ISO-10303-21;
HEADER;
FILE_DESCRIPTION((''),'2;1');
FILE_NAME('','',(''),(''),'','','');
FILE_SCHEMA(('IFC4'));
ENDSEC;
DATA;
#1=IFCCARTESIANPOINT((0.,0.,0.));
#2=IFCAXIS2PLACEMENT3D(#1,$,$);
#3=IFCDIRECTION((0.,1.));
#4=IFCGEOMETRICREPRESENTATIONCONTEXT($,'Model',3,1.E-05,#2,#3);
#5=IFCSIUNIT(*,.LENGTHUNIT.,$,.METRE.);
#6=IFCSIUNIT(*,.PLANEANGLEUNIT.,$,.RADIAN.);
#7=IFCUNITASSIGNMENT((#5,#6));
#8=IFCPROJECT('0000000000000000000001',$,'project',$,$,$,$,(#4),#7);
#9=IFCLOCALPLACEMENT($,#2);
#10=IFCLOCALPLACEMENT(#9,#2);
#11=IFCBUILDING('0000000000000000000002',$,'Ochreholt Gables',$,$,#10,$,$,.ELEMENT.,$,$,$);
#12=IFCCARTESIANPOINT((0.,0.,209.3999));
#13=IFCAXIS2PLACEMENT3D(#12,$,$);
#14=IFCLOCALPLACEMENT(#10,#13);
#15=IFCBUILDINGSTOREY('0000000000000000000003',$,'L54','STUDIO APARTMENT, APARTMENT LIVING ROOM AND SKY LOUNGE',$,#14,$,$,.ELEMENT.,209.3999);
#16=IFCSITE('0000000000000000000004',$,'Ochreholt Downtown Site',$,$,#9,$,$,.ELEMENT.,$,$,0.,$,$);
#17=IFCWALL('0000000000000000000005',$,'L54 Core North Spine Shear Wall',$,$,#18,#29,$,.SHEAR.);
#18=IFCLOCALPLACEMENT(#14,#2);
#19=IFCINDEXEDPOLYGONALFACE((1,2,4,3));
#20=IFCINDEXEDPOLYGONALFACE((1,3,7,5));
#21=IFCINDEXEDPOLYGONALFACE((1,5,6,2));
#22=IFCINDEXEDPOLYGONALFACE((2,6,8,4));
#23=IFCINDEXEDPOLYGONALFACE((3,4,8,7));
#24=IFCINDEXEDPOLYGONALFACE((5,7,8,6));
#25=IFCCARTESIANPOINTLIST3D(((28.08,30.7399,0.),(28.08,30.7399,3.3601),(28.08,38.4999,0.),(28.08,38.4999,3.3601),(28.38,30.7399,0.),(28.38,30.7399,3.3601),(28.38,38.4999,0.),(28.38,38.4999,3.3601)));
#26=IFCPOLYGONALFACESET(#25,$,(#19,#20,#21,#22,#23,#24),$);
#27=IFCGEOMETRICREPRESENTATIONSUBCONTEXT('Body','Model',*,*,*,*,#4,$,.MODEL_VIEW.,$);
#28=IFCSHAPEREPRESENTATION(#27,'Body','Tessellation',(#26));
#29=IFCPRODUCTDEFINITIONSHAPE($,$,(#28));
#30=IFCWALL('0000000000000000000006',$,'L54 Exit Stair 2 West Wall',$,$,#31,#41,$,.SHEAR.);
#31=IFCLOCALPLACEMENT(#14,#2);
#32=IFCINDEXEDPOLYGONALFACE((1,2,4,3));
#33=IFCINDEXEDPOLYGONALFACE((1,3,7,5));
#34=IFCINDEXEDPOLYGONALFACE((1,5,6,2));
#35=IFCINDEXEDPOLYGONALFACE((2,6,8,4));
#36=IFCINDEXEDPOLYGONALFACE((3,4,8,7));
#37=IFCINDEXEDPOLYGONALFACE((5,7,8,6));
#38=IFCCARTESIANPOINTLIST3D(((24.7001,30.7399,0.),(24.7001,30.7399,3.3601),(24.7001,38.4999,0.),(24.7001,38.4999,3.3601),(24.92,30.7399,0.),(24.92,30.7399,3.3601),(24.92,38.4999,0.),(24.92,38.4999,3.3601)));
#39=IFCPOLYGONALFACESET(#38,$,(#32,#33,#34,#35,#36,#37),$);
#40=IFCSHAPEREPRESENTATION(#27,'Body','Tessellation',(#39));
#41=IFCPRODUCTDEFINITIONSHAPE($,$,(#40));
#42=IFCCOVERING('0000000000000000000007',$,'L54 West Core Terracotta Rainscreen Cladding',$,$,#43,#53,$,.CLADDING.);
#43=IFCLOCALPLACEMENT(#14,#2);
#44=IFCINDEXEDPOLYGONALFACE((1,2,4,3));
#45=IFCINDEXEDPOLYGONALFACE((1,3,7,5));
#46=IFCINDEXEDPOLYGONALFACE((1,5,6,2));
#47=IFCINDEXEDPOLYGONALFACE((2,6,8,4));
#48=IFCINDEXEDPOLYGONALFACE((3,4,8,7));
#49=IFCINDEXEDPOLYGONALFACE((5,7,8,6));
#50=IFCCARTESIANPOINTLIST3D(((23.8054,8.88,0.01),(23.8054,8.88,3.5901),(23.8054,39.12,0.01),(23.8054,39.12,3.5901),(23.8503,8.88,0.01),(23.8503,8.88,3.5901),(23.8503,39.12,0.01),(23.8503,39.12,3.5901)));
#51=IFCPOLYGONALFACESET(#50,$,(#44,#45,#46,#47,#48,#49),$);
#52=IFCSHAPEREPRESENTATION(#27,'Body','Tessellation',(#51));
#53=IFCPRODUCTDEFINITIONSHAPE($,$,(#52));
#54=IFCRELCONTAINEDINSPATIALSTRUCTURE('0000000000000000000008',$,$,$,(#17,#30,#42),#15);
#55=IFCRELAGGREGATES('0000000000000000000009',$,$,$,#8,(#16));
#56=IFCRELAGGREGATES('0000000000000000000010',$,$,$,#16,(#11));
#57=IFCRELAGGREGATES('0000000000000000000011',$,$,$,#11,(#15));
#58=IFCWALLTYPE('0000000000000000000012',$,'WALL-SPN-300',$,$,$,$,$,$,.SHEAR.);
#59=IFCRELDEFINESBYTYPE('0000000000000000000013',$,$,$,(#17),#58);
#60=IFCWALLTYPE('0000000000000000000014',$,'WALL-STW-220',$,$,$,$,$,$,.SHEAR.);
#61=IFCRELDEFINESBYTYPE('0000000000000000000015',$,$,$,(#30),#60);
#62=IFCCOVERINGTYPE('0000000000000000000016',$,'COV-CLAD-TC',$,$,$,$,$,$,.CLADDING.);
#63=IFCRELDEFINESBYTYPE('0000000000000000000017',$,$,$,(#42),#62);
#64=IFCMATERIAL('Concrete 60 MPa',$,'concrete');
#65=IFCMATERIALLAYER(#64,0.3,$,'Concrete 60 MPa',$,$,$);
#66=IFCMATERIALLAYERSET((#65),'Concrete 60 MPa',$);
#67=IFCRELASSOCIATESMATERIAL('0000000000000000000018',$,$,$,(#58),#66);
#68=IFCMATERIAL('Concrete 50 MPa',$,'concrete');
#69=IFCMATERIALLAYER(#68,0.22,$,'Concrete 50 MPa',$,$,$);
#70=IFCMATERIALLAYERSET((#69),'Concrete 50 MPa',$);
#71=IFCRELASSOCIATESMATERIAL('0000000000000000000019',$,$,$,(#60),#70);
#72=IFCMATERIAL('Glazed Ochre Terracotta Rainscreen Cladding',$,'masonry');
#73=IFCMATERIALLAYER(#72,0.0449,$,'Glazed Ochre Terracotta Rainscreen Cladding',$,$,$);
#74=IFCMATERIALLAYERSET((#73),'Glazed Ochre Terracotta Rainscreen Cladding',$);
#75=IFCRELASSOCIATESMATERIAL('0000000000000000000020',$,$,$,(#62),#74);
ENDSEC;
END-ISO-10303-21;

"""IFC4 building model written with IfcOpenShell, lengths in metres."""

from ifc_helpers import new_model, si_unit, direction, frame, frame_2d, origin, origin_2d, place, context, subcontext, project, spatial, rectangle, extrude, material, layer, layer_set, type_object, element, save


model = new_model("IFC4")

# Units and contexts
model_context = context("Model", 3, precision=1e-05, world=origin(), true_north=direction((0.0, 1.0)))
body_context = subcontext(model_context, "Body", "Model", "MODEL_VIEW")
ifc_project = project(units=[si_unit("LENGTHUNIT", "METRE"), si_unit("PLANEANGLEUNIT", "RADIAN")], contexts=[model_context])

# Site, building, storey
site_placement = place(None, origin())
site = spatial("IfcSite", under=ifc_project, at=site_placement, Name="Ochreholt Downtown Site", CompositionType="ELEMENT", RefElevation=0.0)
building_placement = place(site_placement, origin())
building = spatial("IfcBuilding", under=site, at=building_placement, Name="Ochreholt Gables", CompositionType="ELEMENT")
storey_placement = place(building_placement, frame((0.0, 0.0, 209.3999)))
storey = spatial("IfcBuildingStorey", under=building, at=storey_placement, Name="L54", Description="STUDIO APARTMENT, APARTMENT LIVING ROOM AND SKY LOUNGE", CompositionType="ELEMENT", Elevation=209.3999)

# Shared definitions
ifc_material_1 = material(Name="Concrete 50 MPa", Category="concrete")

# Walls
ifc_material_2 = material(Name="Concrete 60 MPa", Category="concrete")
ifc_layer_1 = layer(ifc_material_2, 0.3, Name="Concrete 60 MPa")
ifc_layer_set_1 = layer_set([ifc_layer_1], Name="Concrete 60 MPa")
wall_type_1 = type_object("IfcWallType", Name="WALL-SPN-300", PredefinedType="SHEAR", material=ifc_layer_set_1)
wall_1_placement = place(storey_placement, frame((28.23, 30.74, 0.0), z_axis=(0.0, 0.0, 1.0), x_axis=(0.0, 1.0, 0.0)))
element("IfcWall", 1, at=wall_1_placement, inside=storey, type_object=wall_type_1, Name="L54 Core North Spine Shear Wall", PredefinedType="SHEAR", context=body_context, shape_type="SweptSolid", body=[
    extrude(rectangle(XDim=7.76, YDim=0.3, at=frame_2d((3.8799, 0.0))), origin(), (0.0, 0.0, 1.0), 3.3601),
])
ifc_layer_2 = layer(ifc_material_1, 0.22, Name="Concrete 50 MPa")
ifc_layer_set_2 = layer_set([ifc_layer_2], Name="Concrete 50 MPa")
wall_type_2 = type_object("IfcWallType", Name="WALL-STW-220", PredefinedType="SHEAR", material=ifc_layer_set_2)
wall_2_placement = place(storey_placement, frame((24.8101, 30.74, 0.0), z_axis=(0.0, 0.0, 1.0), x_axis=(0.0, 1.0, 0.0)))
element("IfcWall", 2, at=wall_2_placement, inside=storey, type_object=wall_type_2, Name="L54 Exit Stair 2 West Wall", PredefinedType="SHEAR", context=body_context, shape_type="SweptSolid", body=[
    extrude(rectangle(XDim=7.76, YDim=0.22, at=frame_2d((3.8799, 0.0))), origin(), (0.0, 0.0, 1.0), 3.3601),
])

# Covering
ifc_material_3 = material(Name="Glazed Ochre Terracotta Rainscreen Cladding", Category="masonry")
ifc_layer_3 = layer(ifc_material_3, 0.0449, Name="Glazed Ochre Terracotta Rainscreen Cladding")
ifc_layer_set_3 = layer_set([ifc_layer_3], Name="Glazed Ochre Terracotta Rainscreen Cladding")
covering_type = type_object("IfcCoveringType", Name="COV-CLAD-TC", PredefinedType="CLADDING", material=ifc_layer_set_3)
covering_placement = place(storey_placement, frame((23.8279, 24.0, 0.01), z_axis=(0.0, 0.0, 1.0), x_axis=(0.0, 1.0, 0.0)))
element("IfcCovering", 3, at=covering_placement, inside=storey, type_object=covering_type, Name="L54 West Core Terracotta Rainscreen Cladding", PredefinedType="CLADDING", context=body_context, shape_type="SweptSolid", body=[
    extrude(rectangle(XDim=30.24, YDim=0.0449, at=origin_2d()), origin(), (0.0, 0.0, 1.0), 3.5801),
])

save(model, "model.ifc")
